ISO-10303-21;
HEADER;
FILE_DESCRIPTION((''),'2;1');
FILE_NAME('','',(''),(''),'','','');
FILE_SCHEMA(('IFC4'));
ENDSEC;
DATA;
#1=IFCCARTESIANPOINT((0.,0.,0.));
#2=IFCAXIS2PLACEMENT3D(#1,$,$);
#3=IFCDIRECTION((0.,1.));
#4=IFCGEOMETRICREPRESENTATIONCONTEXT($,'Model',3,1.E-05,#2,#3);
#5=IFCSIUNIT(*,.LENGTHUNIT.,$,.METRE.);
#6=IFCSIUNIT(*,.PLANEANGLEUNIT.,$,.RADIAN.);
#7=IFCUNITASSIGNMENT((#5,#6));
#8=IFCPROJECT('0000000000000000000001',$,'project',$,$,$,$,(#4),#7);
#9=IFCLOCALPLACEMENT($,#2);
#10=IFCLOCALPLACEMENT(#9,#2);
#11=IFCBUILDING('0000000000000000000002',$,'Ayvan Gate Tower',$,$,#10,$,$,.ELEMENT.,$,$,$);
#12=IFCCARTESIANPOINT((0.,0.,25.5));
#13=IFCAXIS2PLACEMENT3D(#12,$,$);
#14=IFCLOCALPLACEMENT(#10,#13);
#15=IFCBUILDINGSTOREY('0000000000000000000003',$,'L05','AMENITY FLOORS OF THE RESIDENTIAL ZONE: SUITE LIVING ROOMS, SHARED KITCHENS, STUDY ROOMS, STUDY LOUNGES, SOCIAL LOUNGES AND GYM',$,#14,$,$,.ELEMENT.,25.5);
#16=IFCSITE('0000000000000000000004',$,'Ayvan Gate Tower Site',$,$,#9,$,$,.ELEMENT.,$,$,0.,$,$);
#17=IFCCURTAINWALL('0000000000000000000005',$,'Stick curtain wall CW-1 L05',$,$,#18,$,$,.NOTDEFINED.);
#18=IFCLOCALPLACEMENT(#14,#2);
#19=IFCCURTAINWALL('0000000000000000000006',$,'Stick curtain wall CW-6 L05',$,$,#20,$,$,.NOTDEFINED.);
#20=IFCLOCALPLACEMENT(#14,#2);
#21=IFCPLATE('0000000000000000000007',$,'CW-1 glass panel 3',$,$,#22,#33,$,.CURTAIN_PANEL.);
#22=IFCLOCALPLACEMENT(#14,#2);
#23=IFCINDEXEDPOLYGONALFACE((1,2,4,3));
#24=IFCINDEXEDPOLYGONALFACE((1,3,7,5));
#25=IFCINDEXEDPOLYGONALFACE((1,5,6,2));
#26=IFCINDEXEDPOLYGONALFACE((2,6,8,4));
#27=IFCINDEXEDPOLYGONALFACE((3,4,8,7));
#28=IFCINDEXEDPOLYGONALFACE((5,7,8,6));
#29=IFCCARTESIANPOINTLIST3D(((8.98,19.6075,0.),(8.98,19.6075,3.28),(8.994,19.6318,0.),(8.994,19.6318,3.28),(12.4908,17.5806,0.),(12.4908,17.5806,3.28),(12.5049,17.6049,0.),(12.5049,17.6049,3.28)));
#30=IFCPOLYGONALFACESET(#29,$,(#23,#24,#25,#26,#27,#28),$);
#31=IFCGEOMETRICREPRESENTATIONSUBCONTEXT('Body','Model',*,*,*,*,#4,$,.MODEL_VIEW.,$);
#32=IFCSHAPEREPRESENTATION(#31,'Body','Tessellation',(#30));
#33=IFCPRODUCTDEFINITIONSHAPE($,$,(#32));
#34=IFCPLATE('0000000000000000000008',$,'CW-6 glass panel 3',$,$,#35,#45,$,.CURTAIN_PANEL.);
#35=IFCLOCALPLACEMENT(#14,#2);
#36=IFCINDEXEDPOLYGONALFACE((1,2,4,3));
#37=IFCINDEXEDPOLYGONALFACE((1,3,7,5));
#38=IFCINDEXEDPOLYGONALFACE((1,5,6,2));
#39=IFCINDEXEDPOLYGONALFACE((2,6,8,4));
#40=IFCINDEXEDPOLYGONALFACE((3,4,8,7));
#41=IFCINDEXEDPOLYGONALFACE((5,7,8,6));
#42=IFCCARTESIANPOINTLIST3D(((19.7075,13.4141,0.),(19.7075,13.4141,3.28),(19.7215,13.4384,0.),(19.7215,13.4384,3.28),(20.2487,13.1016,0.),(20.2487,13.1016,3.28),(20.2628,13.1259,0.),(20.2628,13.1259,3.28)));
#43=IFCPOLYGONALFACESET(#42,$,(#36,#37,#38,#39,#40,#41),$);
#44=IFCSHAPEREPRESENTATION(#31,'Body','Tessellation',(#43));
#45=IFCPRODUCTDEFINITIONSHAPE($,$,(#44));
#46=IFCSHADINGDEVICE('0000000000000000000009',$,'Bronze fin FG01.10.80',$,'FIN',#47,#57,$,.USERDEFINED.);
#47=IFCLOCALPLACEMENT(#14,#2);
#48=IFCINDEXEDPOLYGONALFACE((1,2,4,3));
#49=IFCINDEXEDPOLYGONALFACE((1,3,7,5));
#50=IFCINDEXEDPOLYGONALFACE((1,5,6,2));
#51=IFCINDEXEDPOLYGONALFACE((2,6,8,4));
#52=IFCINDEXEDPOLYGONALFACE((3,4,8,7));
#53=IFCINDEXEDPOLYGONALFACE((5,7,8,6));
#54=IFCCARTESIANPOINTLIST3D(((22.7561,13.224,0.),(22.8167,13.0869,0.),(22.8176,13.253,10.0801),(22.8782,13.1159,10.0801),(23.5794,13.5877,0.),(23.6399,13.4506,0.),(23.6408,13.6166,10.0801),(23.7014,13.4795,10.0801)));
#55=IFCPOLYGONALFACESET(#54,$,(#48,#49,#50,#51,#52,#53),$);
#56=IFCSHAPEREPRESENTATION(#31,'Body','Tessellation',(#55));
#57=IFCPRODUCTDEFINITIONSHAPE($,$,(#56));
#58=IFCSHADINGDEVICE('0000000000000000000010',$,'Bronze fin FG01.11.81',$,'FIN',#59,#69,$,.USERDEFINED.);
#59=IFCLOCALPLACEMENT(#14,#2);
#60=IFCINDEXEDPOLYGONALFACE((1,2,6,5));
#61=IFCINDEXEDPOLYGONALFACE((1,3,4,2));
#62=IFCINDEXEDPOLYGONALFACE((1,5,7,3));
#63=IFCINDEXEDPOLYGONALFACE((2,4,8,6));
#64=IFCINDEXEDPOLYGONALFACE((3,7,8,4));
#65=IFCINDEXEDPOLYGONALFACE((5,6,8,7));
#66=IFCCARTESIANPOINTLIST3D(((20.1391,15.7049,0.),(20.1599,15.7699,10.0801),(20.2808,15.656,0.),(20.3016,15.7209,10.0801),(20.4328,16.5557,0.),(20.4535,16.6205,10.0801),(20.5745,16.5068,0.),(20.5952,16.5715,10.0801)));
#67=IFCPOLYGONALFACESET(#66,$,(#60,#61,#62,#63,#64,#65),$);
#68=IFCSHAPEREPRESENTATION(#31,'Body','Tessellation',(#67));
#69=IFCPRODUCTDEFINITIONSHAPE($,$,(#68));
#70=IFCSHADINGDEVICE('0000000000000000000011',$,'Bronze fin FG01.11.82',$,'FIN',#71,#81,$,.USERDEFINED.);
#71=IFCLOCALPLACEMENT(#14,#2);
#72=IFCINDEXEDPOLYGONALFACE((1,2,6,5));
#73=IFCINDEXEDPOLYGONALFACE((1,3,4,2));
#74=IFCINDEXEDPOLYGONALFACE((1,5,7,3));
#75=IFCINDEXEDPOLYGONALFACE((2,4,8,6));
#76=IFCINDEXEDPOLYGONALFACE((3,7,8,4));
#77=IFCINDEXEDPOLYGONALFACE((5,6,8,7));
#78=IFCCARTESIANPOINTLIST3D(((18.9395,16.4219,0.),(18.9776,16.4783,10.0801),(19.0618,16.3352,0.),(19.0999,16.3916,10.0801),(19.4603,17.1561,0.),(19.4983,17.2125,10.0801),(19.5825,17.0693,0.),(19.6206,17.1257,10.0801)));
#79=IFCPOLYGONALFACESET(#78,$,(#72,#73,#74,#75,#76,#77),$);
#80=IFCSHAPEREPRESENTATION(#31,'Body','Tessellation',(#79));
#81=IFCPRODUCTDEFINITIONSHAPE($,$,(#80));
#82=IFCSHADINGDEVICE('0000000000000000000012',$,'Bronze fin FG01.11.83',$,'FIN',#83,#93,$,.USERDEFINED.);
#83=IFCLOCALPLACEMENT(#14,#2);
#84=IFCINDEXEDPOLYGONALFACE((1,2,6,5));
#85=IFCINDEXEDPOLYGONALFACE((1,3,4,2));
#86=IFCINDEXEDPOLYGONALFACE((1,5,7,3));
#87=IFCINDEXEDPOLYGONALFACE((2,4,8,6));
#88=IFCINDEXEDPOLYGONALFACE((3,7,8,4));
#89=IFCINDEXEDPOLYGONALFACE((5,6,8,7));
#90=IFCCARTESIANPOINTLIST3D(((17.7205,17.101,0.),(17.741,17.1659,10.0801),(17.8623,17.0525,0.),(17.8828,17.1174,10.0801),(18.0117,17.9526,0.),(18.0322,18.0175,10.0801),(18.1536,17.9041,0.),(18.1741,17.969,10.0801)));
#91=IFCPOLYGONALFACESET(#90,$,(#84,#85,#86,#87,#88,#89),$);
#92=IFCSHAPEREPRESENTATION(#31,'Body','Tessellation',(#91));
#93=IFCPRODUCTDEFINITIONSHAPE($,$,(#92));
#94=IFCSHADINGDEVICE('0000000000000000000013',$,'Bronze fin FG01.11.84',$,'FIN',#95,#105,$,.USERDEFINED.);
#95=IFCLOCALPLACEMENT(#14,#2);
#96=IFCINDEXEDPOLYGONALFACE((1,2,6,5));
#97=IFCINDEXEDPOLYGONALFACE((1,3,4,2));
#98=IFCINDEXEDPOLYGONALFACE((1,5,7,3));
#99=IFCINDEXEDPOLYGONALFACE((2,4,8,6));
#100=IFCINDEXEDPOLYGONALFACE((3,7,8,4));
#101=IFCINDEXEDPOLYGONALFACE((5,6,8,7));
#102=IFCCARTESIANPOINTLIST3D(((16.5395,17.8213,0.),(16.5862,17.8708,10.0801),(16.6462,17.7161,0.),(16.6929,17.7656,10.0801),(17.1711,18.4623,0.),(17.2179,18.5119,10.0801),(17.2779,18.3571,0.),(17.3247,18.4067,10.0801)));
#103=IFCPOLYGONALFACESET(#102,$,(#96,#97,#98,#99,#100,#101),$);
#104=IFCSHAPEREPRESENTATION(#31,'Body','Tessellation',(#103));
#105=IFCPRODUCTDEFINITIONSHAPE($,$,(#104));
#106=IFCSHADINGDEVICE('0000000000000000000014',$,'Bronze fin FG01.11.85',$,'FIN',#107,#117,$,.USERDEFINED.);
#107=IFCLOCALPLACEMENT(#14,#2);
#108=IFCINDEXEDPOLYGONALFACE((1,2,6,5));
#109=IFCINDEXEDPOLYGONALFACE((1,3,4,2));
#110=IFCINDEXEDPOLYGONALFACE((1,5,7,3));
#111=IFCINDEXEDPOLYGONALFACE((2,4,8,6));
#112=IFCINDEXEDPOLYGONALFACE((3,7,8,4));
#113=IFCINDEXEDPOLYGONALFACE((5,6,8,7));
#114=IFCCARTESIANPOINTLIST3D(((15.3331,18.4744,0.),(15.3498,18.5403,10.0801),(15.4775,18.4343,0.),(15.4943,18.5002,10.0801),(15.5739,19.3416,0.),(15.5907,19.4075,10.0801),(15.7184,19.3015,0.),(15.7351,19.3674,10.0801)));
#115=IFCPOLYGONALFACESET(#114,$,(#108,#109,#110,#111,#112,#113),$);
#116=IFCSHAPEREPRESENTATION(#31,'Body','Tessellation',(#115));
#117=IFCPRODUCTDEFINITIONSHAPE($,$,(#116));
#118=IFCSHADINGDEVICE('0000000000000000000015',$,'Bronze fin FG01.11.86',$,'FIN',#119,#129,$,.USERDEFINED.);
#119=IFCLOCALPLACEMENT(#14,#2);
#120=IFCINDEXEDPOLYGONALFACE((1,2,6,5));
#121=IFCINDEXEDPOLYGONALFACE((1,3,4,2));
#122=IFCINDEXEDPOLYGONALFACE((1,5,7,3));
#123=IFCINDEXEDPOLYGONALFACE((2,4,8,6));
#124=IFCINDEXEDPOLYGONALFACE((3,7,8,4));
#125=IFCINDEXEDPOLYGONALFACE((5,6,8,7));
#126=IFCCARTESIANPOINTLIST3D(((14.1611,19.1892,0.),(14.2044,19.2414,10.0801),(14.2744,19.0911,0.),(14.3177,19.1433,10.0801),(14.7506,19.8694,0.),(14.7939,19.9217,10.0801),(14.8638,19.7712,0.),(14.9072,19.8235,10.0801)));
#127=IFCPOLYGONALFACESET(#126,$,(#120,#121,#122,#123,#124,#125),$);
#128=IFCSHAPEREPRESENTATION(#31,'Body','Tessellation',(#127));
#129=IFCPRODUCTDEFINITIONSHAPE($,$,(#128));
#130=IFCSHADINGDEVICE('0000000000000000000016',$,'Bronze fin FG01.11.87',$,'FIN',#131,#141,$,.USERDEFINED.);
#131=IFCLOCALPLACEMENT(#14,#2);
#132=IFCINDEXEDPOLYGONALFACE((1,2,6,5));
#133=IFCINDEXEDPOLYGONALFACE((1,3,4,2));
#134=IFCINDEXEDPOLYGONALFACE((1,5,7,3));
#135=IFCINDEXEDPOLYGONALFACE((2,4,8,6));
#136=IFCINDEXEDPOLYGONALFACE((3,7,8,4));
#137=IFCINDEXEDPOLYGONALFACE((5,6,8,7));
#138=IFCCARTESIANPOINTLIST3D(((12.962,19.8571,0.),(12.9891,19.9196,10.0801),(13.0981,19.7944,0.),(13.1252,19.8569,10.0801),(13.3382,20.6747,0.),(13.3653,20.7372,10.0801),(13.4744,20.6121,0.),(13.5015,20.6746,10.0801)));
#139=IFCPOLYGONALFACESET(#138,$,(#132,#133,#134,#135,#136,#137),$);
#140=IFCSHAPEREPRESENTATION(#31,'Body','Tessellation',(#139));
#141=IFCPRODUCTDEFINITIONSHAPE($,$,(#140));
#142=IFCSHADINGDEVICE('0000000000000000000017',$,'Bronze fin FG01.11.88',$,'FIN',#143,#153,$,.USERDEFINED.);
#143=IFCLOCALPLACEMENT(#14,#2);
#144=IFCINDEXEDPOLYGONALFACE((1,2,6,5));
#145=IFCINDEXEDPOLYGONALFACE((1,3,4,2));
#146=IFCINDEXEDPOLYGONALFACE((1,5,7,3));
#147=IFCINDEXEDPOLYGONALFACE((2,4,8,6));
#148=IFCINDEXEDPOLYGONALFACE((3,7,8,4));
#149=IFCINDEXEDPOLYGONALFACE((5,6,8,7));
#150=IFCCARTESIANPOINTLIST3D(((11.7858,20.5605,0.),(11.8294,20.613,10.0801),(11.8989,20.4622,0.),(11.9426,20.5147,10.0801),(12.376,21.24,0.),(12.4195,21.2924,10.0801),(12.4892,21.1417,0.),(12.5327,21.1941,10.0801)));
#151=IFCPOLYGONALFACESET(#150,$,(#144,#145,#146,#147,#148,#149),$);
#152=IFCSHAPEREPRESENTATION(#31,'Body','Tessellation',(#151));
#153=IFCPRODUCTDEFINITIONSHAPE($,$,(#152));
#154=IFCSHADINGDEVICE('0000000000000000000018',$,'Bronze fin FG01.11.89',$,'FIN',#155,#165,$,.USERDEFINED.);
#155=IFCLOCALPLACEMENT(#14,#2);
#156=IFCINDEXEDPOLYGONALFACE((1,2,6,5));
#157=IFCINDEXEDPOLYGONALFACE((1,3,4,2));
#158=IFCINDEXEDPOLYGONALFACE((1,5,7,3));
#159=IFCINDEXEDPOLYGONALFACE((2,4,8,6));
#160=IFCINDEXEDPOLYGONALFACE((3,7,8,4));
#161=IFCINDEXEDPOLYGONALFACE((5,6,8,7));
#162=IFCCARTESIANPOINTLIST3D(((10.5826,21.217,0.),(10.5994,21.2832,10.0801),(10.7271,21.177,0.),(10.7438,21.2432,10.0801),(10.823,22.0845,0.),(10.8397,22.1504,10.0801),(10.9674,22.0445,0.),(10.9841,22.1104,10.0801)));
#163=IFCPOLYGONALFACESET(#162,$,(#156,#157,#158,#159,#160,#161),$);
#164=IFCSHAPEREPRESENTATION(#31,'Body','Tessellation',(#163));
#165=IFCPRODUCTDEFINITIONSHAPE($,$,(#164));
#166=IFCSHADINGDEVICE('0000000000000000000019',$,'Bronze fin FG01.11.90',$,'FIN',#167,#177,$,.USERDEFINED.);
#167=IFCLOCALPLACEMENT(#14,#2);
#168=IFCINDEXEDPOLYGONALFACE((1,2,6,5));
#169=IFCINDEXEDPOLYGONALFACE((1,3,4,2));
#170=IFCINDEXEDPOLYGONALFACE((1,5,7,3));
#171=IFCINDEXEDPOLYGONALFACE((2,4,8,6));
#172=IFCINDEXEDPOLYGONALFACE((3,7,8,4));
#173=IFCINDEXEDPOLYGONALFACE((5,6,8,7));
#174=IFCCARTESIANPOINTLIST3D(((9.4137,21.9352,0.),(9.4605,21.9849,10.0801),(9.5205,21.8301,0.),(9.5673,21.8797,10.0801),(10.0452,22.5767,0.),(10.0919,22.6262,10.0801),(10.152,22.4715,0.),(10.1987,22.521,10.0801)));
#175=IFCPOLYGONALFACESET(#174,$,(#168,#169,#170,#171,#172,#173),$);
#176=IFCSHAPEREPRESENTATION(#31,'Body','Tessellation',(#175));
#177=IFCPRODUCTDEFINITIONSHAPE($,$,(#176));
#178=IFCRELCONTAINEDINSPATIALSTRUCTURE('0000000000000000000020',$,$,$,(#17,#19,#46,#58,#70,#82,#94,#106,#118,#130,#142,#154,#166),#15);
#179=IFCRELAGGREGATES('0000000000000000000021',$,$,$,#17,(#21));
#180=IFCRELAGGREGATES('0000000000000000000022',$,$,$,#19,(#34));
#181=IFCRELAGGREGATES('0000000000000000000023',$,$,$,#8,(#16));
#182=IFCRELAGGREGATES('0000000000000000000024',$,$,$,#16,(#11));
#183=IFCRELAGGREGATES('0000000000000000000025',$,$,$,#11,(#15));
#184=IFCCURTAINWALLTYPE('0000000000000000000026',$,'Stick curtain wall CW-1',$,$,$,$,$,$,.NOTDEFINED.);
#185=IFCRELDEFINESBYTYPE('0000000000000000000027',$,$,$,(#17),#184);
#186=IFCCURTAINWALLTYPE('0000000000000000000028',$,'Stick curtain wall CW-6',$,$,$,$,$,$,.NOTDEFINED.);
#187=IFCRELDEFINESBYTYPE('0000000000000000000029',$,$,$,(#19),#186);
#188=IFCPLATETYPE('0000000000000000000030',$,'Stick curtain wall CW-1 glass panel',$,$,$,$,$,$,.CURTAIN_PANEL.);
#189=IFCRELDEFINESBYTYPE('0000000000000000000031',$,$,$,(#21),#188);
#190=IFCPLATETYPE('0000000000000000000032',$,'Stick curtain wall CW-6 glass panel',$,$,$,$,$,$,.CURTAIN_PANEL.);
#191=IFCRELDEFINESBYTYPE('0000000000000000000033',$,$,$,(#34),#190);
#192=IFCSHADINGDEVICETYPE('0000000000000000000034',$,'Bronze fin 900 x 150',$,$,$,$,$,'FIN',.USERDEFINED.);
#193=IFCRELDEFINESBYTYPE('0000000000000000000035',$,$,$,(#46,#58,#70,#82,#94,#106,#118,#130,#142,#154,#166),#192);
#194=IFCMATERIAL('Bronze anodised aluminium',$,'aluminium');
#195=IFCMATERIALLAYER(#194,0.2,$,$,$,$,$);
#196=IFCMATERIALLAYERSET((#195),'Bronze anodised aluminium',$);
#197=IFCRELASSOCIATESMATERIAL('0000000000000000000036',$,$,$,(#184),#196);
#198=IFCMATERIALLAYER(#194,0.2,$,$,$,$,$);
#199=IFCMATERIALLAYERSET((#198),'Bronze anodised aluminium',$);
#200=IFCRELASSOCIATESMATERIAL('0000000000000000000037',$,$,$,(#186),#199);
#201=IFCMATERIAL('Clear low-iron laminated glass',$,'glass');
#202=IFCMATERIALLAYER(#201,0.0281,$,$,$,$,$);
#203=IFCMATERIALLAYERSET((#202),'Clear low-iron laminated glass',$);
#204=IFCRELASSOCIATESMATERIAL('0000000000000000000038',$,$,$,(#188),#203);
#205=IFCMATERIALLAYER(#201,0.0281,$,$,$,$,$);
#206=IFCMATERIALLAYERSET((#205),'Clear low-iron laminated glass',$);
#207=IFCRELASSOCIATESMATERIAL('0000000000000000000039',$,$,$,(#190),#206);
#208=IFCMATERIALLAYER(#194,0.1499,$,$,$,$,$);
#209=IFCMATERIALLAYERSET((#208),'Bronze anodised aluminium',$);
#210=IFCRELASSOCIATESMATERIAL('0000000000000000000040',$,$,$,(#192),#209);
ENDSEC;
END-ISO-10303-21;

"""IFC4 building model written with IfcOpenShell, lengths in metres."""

from ifc_helpers import new_model, si_unit, direction, frame, origin, origin_2d, place, context, subcontext, project, spatial, polyline, rectangle, outline, extrude, material, layer, layer_set, type_object, element, aggregate, save


model = new_model("IFC4")

# Units and contexts
model_context = context("Model", 3, precision=1e-05, world=origin(), true_north=direction((0.0, 1.0)))
body_context = subcontext(model_context, "Body", "Model", "MODEL_VIEW")
ifc_project = project(units=[si_unit("LENGTHUNIT", "METRE"), si_unit("PLANEANGLEUNIT", "RADIAN")], contexts=[model_context])

# Site, building, storey
site_placement = place(None, origin())
site = spatial("IfcSite", under=ifc_project, at=site_placement, Name="Ayvan Gate Tower Site", CompositionType="ELEMENT", RefElevation=0.0)
building_placement = place(site_placement, origin())
building = spatial("IfcBuilding", under=site, at=building_placement, Name="Ayvan Gate Tower", CompositionType="ELEMENT")
storey_placement = place(building_placement, frame((0.0, 0.0, 25.5)))
storey = spatial("IfcBuildingStorey", under=building, at=storey_placement, Name="L05", Description="AMENITY FLOORS OF THE RESIDENTIAL ZONE: SUITE LIVING ROOMS, SHARED KITCHENS, STUDY ROOMS, STUDY LOUNGES, SOCIAL LOUNGES AND GYM", CompositionType="ELEMENT", Elevation=25.5)

# Curtain walls
ifc_material_1 = material(Name="Bronze anodised aluminium", Category="aluminium")
ifc_layer_1 = layer(ifc_material_1, 0.2)
ifc_layer_set_1 = layer_set([ifc_layer_1], Name="Bronze anodised aluminium")
curtain_wall_type_1 = type_object("IfcCurtainWallType", Name="Stick curtain wall CW-1", PredefinedType="NOTDEFINED", material=ifc_layer_set_1)
curtain_wall_1_placement = place(storey_placement, origin())
curtain_wall_1 = element("IfcCurtainWall", 1, at=curtain_wall_1_placement, inside=storey, type_object=curtain_wall_type_1, Name="Stick curtain wall CW-1 L05", PredefinedType="NOTDEFINED")
ifc_layer_2 = layer(ifc_material_1, 0.2)
ifc_layer_set_2 = layer_set([ifc_layer_2], Name="Bronze anodised aluminium")
curtain_wall_type_2 = type_object("IfcCurtainWallType", Name="Stick curtain wall CW-6", PredefinedType="NOTDEFINED", material=ifc_layer_set_2)
curtain_wall_2_placement = place(storey_placement, origin())
curtain_wall_2 = element("IfcCurtainWall", 2, at=curtain_wall_2_placement, inside=storey, type_object=curtain_wall_type_2, Name="Stick curtain wall CW-6 L05", PredefinedType="NOTDEFINED")

# Plates
ifc_material_2 = material(Name="Clear low-iron laminated glass", Category="glass")
ifc_layer_3 = layer(ifc_material_2, 0.0281)
ifc_layer_set_3 = layer_set([ifc_layer_3], Name="Clear low-iron laminated glass")
plate_type_1 = type_object("IfcPlateType", Name="Stick curtain wall CW-1 glass panel", PredefinedType="CURTAIN_PANEL", material=ifc_layer_set_3)
plate_1_placement = place(storey_placement, frame((10.7424, 18.6062, 0.0), z_axis=(0.0, 0.0, 1.0), x_axis=(-0.866025, 0.5, 0.0)))
plate_1 = element("IfcPlate", 3, at=plate_1_placement, type_object=plate_type_1, Name="CW-1 glass panel 3", PredefinedType="CURTAIN_PANEL", context=body_context, shape_type="SweptSolid", body=[
    extrude(rectangle(XDim=4.054, YDim=0.0281, at=origin_2d()), origin(), (0.0, 0.0, 1.0), 3.28),
])
aggregate(curtain_wall_1, [plate_1])
ifc_layer_4 = layer(ifc_material_2, 0.0281)
ifc_layer_set_4 = layer_set([ifc_layer_4], Name="Clear low-iron laminated glass")
plate_type_2 = type_object("IfcPlateType", Name="Stick curtain wall CW-6 glass panel", PredefinedType="CURTAIN_PANEL", material=ifc_layer_set_4)
plate_2_placement = place(storey_placement, frame((19.9851, 13.27, 0.0), z_axis=(0.0, 0.0, 1.0), x_axis=(-0.866025, 0.5, 0.0)))
plate_2 = element("IfcPlate", 4, at=plate_2_placement, type_object=plate_type_2, Name="CW-6 glass panel 3", PredefinedType="CURTAIN_PANEL", context=body_context, shape_type="SweptSolid", body=[
    extrude(rectangle(XDim=0.625, YDim=0.0281, at=origin_2d()), origin(), (0.0, 0.0, 1.0), 3.28),
])
aggregate(curtain_wall_2, [plate_2])

# Shading devices
ifc_layer_5 = layer(ifc_material_1, 0.1499)
ifc_layer_set_5 = layer_set([ifc_layer_5], Name="Bronze anodised aluminium")
shading_device_type = type_object("IfcShadingDeviceType", Name="Bronze fin 900 x 150", ElementType="FIN", PredefinedType="USERDEFINED", material=ifc_layer_set_5)
shading_device_1_placement = place(storey_placement, frame((22.8167, 13.0869, 0.0), z_axis=(0.404061, -0.914732, 0.000159), x_axis=(0.914732, 0.404061, 0.0)))
element("IfcShadingDevice", 5, at=shading_device_1_placement, inside=storey, type_object=shading_device_type, Name="Bronze fin FG01.10.80", ObjectType="FIN", PredefinedType="USERDEFINED", context=body_context, shape_type="SweptSolid", body=[
    extrude(outline(polyline([(0.0, 0.0), (0.9, 0.0), (0.9679, 10.0801), (0.068, 10.0801), (0.0, 0.0)])), origin(), (0.0, 0.0, -1.0), 0.1499),
])
shading_device_2_placement = place(storey_placement, frame((20.2808, 15.656, 0.0), z_axis=(0.945252, -0.326342, 0.000153), x_axis=(0.326342, 0.945252, 0.0)))
element("IfcShadingDevice", 6, at=shading_device_2_placement, inside=storey, type_object=shading_device_type, Name="Bronze fin FG01.11.81", ObjectType="FIN", PredefinedType="USERDEFINED", context=body_context, shape_type="SweptSolid", body=[
    extrude(outline(polyline([(0.0, 0.0), (0.9001, 0.0), (0.968, 10.0801), (0.0682, 10.0801), (0.0, 0.0)])), origin(), (0.0, 0.0, -1.0), 0.1499),
])
shading_device_3_placement = place(storey_placement, frame((19.0618, 16.3352, 0.0), z_axis=(0.815635, -0.578567, 0.000155), x_axis=(0.578567, 0.815635, 0.0)))
element("IfcShadingDevice", 7, at=shading_device_3_placement, inside=storey, type_object=shading_device_type, Name="Bronze fin FG01.11.82", ObjectType="FIN", PredefinedType="USERDEFINED", context=body_context, shape_type="SweptSolid", body=[
    extrude(outline(polyline([(0.0, 0.0), (0.9001, 0.0), (0.9681, 10.0801), (0.068, 10.0801), (0.0, 0.0)])), origin(), (0.0, 0.0, -1.0), 0.1499),
])
shading_device_4_placement = place(storey_placement, frame((17.8623, 17.0525, 0.0), z_axis=(0.946186, -0.323624, 0.00016), x_axis=(0.323624, 0.946186, 0.0)))
element("IfcShadingDevice", 8, at=shading_device_4_placement, inside=storey, type_object=shading_device_type, Name="Bronze fin FG01.11.83", ObjectType="FIN", PredefinedType="USERDEFINED", context=body_context, shape_type="SweptSolid", body=[
    extrude(outline(polyline([(0.0, 0.0), (0.9, 0.0), (0.9681, 10.0801), (0.0681, 10.0801), (0.0, 0.0)])), origin(), (0.0, 0.0, -1.0), 0.1499),
])
shading_device_5_placement = place(storey_placement, frame((16.6462, 17.7161, 0.0), z_axis=(0.712309, -0.701866, 0.000147), x_axis=(0.701866, 0.712309, 0.0)))
element("IfcShadingDevice", 9, at=shading_device_5_placement, inside=storey, type_object=shading_device_type, Name="Bronze fin FG01.11.84", ObjectType="FIN", PredefinedType="USERDEFINED", context=body_context, shape_type="SweptSolid", body=[
    extrude(outline(polyline([(0.0, 0.0), (0.9, 0.0), (0.9682, 10.0801), (0.068, 10.0801), (0.0, 0.0)])), origin(), (0.0, 0.0, -1.0), 0.1499),
])
shading_device_6_placement = place(storey_placement, frame((15.4775, 18.4343, 0.0), z_axis=(0.96353, -0.267602, 0.000151), x_axis=(0.267602, 0.96353, 0.0)))
element("IfcShadingDevice", 10, at=shading_device_6_placement, inside=storey, type_object=shading_device_type, Name="Bronze fin FG01.11.85", ObjectType="FIN", PredefinedType="USERDEFINED", context=body_context, shape_type="SweptSolid", body=[
    extrude(outline(polyline([(0.0, 0.0), (0.9, 0.0), (0.968, 10.0801), (0.068, 10.0801), (0.0, 0.0)])), origin(), (0.0, 0.0, -1.0), 0.1499),
])
shading_device_7_placement = place(storey_placement, frame((14.2744, 19.0911, 0.0), z_axis=(0.755694, -0.654925, 0.000146), x_axis=(0.654925, 0.755694, 0.0)))
element("IfcShadingDevice", 11, at=shading_device_7_placement, inside=storey, type_object=shading_device_type, Name="Bronze fin FG01.11.86", ObjectType="FIN", PredefinedType="USERDEFINED", context=body_context, shape_type="SweptSolid", body=[
    extrude(outline(polyline([(0.0, 0.0), (0.9, 0.0), (0.9679, 10.0801), (0.0678, 10.0801), (0.0, 0.0)])), origin(), (0.0, 0.0, -1.0), 0.1499),
])
shading_device_8_placement = place(storey_placement, frame((13.0981, 19.7944, 0.0), z_axis=(0.908443, -0.418009, 0.00015), x_axis=(0.418009, 0.908443, 0.0)))
element("IfcShadingDevice", 12, at=shading_device_8_placement, inside=storey, type_object=shading_device_type, Name="Bronze fin FG01.11.87", ObjectType="FIN", PredefinedType="USERDEFINED", context=body_context, shape_type="SweptSolid", body=[
    extrude(outline(polyline([(0.0, 0.0), (0.9, 0.0), (0.9681, 10.0801), (0.0681, 10.0801), (0.0, 0.0)])), origin(), (0.0, 0.0, -1.0), 0.1499),
])
shading_device_9_placement = place(storey_placement, frame((11.8989, 20.4622, 0.0), z_axis=(0.754941, -0.655792, 0.000151), x_axis=(0.655792, 0.754941, 0.0)))
element("IfcShadingDevice", 13, at=shading_device_9_placement, inside=storey, type_object=shading_device_type, Name="Bronze fin FG01.11.88", ObjectType="FIN", PredefinedType="USERDEFINED", context=body_context, shape_type="SweptSolid", body=[
    extrude(outline(polyline([(0.0, 0.0), (0.9001, 0.0), (0.9682, 10.0801), (0.0683, 10.0801), (0.0, 0.0)])), origin(), (0.0, 0.0, -1.0), 0.1499),
])
shading_device_10_placement = place(storey_placement, frame((10.7271, 21.177, 0.0), z_axis=(0.963679, -0.267063, 0.000151), x_axis=(0.267063, 0.963679, 0.0)))
element("IfcShadingDevice", 14, at=shading_device_10_placement, inside=storey, type_object=shading_device_type, Name="Bronze fin FG01.11.89", ObjectType="FIN", PredefinedType="USERDEFINED", context=body_context, shape_type="SweptSolid", body=[
    extrude(outline(polyline([(0.0, 0.0), (0.9001, 0.0), (0.9681, 10.0801), (0.0683, 10.0801), (0.0, 0.0)])), origin(), (0.0, 0.0, -1.0), 0.1499),
])
shading_device_11_placement = place(storey_placement, frame((9.5205, 21.8301, 0.0), z_axis=(0.712578, -0.701593, 0.000144), x_axis=(0.701593, 0.712578, 0.0)))
element("IfcShadingDevice", 15, at=shading_device_11_placement, inside=storey, type_object=shading_device_type, Name="Bronze fin FG01.11.90", ObjectType="FIN", PredefinedType="USERDEFINED", context=body_context, shape_type="SweptSolid", body=[
    extrude(outline(polyline([(0.0, 0.0), (0.9001, 0.0), (0.9682, 10.0801), (0.0682, 10.0801), (0.0, 0.0)])), origin(), (0.0, 0.0, -1.0), 0.1499),
])

save(model, "model.ifc")
